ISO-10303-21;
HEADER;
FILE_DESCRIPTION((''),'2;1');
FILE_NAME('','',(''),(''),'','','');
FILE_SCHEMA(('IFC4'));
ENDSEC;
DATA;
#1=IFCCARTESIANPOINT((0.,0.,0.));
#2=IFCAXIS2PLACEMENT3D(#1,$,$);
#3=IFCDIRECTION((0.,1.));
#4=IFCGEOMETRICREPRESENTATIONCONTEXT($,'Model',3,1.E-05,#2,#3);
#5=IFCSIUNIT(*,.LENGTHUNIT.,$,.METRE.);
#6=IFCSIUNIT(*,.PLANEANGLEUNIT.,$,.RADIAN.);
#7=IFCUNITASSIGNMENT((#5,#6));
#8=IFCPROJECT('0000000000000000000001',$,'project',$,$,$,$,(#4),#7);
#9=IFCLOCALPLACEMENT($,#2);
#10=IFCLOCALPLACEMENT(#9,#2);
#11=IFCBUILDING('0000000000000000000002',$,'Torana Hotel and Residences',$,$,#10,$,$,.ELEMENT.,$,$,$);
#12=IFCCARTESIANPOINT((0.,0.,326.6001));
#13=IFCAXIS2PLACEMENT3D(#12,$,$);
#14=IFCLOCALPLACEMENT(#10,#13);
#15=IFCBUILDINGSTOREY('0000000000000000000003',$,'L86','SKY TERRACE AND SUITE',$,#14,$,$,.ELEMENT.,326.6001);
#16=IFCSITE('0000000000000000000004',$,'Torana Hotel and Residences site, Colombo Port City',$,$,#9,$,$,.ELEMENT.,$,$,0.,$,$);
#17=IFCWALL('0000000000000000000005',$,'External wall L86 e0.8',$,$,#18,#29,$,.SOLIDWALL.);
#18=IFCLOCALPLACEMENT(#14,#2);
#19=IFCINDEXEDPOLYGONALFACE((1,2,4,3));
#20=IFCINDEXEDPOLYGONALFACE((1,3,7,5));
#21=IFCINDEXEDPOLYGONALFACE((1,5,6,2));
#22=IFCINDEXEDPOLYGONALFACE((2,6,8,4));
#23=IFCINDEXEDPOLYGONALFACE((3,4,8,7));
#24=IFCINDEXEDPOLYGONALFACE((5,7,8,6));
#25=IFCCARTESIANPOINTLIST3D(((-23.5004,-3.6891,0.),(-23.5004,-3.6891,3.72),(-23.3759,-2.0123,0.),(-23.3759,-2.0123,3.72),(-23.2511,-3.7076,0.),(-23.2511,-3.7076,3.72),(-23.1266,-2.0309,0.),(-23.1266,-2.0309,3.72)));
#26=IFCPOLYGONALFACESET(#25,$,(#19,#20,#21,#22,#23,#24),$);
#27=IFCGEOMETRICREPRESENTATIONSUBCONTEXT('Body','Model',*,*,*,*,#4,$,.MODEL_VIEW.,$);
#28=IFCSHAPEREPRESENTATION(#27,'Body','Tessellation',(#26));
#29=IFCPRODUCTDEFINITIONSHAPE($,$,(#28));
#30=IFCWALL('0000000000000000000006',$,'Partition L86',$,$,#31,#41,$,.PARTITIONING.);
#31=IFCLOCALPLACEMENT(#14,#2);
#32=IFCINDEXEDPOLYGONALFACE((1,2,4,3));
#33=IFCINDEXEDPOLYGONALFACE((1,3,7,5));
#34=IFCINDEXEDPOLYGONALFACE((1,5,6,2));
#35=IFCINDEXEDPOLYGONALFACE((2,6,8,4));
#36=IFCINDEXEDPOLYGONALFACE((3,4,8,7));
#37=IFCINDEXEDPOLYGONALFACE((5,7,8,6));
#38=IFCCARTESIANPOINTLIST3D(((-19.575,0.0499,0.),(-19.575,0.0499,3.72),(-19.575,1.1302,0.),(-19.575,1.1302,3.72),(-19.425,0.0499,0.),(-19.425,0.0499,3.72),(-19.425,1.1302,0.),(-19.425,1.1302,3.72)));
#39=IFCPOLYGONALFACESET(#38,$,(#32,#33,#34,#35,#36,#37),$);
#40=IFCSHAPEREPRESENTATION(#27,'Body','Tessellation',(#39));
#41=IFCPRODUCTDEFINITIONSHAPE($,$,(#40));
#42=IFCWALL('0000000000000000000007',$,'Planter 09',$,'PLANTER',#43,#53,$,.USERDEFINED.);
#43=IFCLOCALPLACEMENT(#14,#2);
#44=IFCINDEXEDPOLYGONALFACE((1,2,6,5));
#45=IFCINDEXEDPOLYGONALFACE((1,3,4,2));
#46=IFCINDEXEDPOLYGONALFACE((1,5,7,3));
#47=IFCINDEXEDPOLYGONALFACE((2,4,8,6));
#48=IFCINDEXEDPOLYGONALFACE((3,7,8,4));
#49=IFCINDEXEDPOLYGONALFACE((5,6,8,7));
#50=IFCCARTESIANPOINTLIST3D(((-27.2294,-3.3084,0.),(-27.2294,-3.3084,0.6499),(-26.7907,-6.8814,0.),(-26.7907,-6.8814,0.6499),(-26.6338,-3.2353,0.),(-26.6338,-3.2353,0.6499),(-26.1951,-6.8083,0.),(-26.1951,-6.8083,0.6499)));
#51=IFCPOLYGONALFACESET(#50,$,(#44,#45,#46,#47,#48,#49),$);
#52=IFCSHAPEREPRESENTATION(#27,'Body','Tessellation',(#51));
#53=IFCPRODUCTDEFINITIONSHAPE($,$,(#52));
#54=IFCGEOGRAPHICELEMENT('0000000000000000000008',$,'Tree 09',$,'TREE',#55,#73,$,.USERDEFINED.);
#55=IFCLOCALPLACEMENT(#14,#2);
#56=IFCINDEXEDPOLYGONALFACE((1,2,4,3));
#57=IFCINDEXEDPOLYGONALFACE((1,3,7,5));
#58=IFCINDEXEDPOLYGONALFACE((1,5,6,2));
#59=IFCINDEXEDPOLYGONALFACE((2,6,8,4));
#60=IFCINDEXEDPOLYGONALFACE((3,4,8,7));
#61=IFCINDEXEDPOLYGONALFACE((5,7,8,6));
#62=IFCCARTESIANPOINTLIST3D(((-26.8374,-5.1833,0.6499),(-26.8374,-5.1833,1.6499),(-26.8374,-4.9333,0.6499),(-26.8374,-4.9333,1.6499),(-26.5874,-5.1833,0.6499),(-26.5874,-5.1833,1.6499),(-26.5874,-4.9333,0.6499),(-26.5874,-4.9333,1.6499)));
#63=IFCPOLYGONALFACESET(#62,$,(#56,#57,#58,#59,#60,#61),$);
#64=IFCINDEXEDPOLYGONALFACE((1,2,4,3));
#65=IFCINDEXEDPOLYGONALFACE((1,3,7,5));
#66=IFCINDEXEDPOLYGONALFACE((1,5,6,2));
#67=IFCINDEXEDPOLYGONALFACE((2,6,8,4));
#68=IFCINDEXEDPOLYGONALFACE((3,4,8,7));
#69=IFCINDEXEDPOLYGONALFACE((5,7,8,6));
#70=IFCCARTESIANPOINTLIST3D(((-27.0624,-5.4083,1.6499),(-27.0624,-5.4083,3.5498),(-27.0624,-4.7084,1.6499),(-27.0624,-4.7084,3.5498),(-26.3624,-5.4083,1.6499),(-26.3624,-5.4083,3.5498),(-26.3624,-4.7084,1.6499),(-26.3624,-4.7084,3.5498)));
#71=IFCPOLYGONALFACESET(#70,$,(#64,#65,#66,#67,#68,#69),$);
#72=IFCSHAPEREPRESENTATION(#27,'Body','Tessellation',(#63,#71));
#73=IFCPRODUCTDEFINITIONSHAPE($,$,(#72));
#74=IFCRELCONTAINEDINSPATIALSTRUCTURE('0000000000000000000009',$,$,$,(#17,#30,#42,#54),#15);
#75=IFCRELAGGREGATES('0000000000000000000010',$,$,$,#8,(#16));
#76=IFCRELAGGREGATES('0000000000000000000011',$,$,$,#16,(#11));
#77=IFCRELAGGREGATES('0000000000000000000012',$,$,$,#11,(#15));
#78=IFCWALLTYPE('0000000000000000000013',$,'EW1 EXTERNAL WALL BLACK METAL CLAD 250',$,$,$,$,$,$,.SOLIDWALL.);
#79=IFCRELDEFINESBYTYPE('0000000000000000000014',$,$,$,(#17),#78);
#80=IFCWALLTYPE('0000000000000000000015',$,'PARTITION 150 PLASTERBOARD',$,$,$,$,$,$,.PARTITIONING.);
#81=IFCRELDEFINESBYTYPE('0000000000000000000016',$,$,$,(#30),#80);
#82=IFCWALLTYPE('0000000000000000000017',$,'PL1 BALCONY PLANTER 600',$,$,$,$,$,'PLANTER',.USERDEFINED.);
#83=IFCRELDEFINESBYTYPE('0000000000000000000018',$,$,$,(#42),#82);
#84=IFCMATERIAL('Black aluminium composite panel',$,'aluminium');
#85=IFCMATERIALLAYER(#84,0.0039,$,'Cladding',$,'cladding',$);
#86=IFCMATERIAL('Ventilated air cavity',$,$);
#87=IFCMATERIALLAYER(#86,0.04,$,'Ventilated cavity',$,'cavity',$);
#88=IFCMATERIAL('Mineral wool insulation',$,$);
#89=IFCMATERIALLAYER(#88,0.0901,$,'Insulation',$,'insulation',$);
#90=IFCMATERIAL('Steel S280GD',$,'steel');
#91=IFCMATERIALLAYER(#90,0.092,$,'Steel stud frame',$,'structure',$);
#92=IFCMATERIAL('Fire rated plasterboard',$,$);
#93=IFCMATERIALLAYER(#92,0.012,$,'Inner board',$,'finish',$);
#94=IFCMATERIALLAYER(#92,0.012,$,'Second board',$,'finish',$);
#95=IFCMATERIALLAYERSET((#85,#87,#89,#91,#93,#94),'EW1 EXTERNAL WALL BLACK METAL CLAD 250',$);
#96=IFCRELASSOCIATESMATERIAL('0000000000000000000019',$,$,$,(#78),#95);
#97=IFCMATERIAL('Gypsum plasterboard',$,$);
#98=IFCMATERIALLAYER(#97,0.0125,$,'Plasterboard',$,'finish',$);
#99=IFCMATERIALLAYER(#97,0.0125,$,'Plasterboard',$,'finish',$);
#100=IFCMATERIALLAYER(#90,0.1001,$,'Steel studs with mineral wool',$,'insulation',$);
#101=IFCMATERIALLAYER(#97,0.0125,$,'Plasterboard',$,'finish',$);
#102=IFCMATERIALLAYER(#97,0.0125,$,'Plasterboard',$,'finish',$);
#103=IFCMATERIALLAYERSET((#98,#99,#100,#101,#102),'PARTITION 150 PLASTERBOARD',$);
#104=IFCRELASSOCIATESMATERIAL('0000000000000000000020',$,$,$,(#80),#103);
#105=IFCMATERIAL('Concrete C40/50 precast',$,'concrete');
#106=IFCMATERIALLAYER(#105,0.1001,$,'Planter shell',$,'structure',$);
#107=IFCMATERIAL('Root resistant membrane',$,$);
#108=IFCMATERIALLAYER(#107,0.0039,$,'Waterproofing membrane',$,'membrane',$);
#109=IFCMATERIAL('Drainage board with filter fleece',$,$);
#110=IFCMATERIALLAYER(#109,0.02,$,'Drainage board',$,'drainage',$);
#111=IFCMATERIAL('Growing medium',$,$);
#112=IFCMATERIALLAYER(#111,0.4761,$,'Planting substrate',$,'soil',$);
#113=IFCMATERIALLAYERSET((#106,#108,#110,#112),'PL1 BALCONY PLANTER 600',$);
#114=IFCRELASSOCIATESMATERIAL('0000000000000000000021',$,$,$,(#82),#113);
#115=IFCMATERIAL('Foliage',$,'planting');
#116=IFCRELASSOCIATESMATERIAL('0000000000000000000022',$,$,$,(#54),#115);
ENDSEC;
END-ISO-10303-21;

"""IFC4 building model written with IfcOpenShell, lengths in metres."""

from ifc_helpers import new_model, si_unit, direction, frame, frame_2d, origin, origin_2d, place, context, subcontext, project, spatial, rectangle, extrude, material, layer, layer_set, type_object, element, save


model = new_model("IFC4")

# Units and contexts
model_context = context("Model", 3, precision=1e-05, world=origin(), true_north=direction((0.0, 1.0)))
body_context = subcontext(model_context, "Body", "Model", "MODEL_VIEW")
ifc_project = project(units=[si_unit("LENGTHUNIT", "METRE"), si_unit("PLANEANGLEUNIT", "RADIAN")], contexts=[model_context])

# Site, building, storey
site_placement = place(None, origin())
site = spatial("IfcSite", under=ifc_project, at=site_placement, Name="Torana Hotel and Residences site, Colombo Port City", CompositionType="ELEMENT", RefElevation=0.0)
building_placement = place(site_placement, origin())
building = spatial("IfcBuilding", under=site, at=building_placement, Name="Torana Hotel and Residences", CompositionType="ELEMENT")
storey_placement = place(building_placement, frame((0.0, 0.0, 326.6001)))
storey = spatial("IfcBuildingStorey", under=building, at=storey_placement, Name="L86", Description="SKY TERRACE AND SUITE", CompositionType="ELEMENT", Elevation=326.6001)

# Wall
ifc_material_1 = material(Name="Black aluminium composite panel", Category="aluminium")
ifc_layer_1 = layer(ifc_material_1, 0.0039, Name="Cladding", Category="cladding")
ifc_material_2 = material(Name="Ventilated air cavity")
ifc_layer_2 = layer(ifc_material_2, 0.04, Name="Ventilated cavity", Category="cavity")
ifc_material_3 = material(Name="Mineral wool insulation")
ifc_layer_3 = layer(ifc_material_3, 0.0901, Name="Insulation", Category="insulation")
ifc_material_4 = material(Name="Steel S280GD", Category="steel")
ifc_layer_4 = layer(ifc_material_4, 0.092, Name="Steel stud frame", Category="structure")
ifc_material_5 = material(Name="Fire rated plasterboard")
ifc_layer_5 = layer(ifc_material_5, 0.012, Name="Inner board", Category="finish")
ifc_layer_6 = layer(ifc_material_5, 0.012, Name="Second board", Category="finish")
ifc_layer_set_1 = layer_set([ifc_layer_1, ifc_layer_2, ifc_layer_3, ifc_layer_4, ifc_layer_5, ifc_layer_6], Name="EW1 EXTERNAL WALL BLACK METAL CLAD 250")
wall_type_1 = type_object("IfcWallType", Name="EW1 EXTERNAL WALL BLACK METAL CLAD 250", PredefinedType="SOLIDWALL", material=ifc_layer_set_1)
wall_1_placement = place(storey_placement, frame((-23.2512, -2.0215, 0.0), z_axis=(0.0, 0.0, 1.0), x_axis=(-0.074054, -0.997254, 0.0)))
element("IfcWall", 1, at=wall_1_placement, inside=storey, type_object=wall_type_1, Name="External wall L86 e0.8", PredefinedType="SOLIDWALL", context=body_context, shape_type="SweptSolid", body=[
    extrude(rectangle(XDim=1.6814, YDim=0.25, at=frame_2d((0.8408, 0.0))), origin(), (0.0, 0.0, 1.0), 3.72),
])

# Walls
ifc_material_6 = material(Name="Gypsum plasterboard")
ifc_layer_7 = layer(ifc_material_6, 0.0125, Name="Plasterboard", Category="finish")
ifc_layer_8 = layer(ifc_material_6, 0.0125, Name="Plasterboard", Category="finish")
ifc_layer_9 = layer(ifc_material_4, 0.1001, Name="Steel studs with mineral wool", Category="insulation")
ifc_layer_10 = layer(ifc_material_6, 0.0125, Name="Plasterboard", Category="finish")
ifc_layer_11 = layer(ifc_material_6, 0.0125, Name="Plasterboard", Category="finish")
ifc_layer_set_2 = layer_set([ifc_layer_7, ifc_layer_8, ifc_layer_9, ifc_layer_10, ifc_layer_11], Name="PARTITION 150 PLASTERBOARD")
wall_type_2 = type_object("IfcWallType", Name="PARTITION 150 PLASTERBOARD", PredefinedType="PARTITIONING", material=ifc_layer_set_2)
wall_2_placement = place(storey_placement, frame((-19.5, 0.05, 0.0), z_axis=(0.0, 0.0, 1.0), x_axis=(0.0, 1.0, 0.0)))
element("IfcWall", 2, at=wall_2_placement, inside=storey, type_object=wall_type_2, Name="Partition L86", PredefinedType="PARTITIONING", context=body_context, shape_type="SweptSolid", body=[
    extrude(rectangle(XDim=1.0803, YDim=0.1499, at=frame_2d((0.54, 0.0))), origin(), (0.0, 0.0, 1.0), 3.72),
])
ifc_material_7 = material(Name="Concrete C40/50 precast", Category="concrete")
ifc_layer_12 = layer(ifc_material_7, 0.1001, Name="Planter shell", Category="structure")
ifc_material_8 = material(Name="Root resistant membrane")
ifc_layer_13 = layer(ifc_material_8, 0.0039, Name="Waterproofing membrane", Category="membrane")
ifc_material_9 = material(Name="Drainage board with filter fleece")
ifc_layer_14 = layer(ifc_material_9, 0.02, Name="Drainage board", Category="drainage")
ifc_material_10 = material(Name="Growing medium")
ifc_layer_15 = layer(ifc_material_10, 0.4761, Name="Planting substrate", Category="soil")
ifc_layer_set_3 = layer_set([ifc_layer_12, ifc_layer_13, ifc_layer_14, ifc_layer_15], Name="PL1 BALCONY PLANTER 600")
wall_type_3 = type_object("IfcWallType", Name="PL1 BALCONY PLANTER 600", ElementType="PLANTER", PredefinedType="USERDEFINED", material=ifc_layer_set_3)
wall_3_placement = place(storey_placement, frame((-26.4929, -6.8447, 0.0), z_axis=(0.0, 0.0, 1.0), x_axis=(-0.121873, 0.992546, 0.0)))
element("IfcWall", 3, at=wall_3_placement, inside=storey, type_object=wall_type_3, Name="Planter 09", ObjectType="PLANTER", PredefinedType="USERDEFINED", context=body_context, shape_type="SweptSolid", body=[
    extrude(rectangle(XDim=3.5999, YDim=0.6001, at=frame_2d((1.7998, 0.0))), origin(), (0.0, 0.0, 1.0), 0.6499),
])

# Geographic element
ifc_material_11 = material(Name="Foliage", Category="planting")
geographic_element_placement = place(storey_placement, frame((-26.7124, -5.0583, 0.6499), z_axis=(0.0, 0.0, 1.0), x_axis=(1.0, 0.0, 0.0)))
element("IfcGeographicElement", 4, at=geographic_element_placement, inside=storey, material=ifc_material_11, Name="Tree 09", ObjectType="TREE", PredefinedType="USERDEFINED", context=body_context, shape_type="SweptSolid", body=[
    extrude(rectangle(XDim=0.25, YDim=0.25, at=origin_2d()), origin(), (0.0, 0.0, 1.0), 1.0),
    extrude(rectangle(XDim=0.7, YDim=0.7, at=origin_2d()), frame((0.0, 0.0, 1.0)), (0.0, 0.0, 1.0), 1.8999),
])

save(model, "model.ifc")
